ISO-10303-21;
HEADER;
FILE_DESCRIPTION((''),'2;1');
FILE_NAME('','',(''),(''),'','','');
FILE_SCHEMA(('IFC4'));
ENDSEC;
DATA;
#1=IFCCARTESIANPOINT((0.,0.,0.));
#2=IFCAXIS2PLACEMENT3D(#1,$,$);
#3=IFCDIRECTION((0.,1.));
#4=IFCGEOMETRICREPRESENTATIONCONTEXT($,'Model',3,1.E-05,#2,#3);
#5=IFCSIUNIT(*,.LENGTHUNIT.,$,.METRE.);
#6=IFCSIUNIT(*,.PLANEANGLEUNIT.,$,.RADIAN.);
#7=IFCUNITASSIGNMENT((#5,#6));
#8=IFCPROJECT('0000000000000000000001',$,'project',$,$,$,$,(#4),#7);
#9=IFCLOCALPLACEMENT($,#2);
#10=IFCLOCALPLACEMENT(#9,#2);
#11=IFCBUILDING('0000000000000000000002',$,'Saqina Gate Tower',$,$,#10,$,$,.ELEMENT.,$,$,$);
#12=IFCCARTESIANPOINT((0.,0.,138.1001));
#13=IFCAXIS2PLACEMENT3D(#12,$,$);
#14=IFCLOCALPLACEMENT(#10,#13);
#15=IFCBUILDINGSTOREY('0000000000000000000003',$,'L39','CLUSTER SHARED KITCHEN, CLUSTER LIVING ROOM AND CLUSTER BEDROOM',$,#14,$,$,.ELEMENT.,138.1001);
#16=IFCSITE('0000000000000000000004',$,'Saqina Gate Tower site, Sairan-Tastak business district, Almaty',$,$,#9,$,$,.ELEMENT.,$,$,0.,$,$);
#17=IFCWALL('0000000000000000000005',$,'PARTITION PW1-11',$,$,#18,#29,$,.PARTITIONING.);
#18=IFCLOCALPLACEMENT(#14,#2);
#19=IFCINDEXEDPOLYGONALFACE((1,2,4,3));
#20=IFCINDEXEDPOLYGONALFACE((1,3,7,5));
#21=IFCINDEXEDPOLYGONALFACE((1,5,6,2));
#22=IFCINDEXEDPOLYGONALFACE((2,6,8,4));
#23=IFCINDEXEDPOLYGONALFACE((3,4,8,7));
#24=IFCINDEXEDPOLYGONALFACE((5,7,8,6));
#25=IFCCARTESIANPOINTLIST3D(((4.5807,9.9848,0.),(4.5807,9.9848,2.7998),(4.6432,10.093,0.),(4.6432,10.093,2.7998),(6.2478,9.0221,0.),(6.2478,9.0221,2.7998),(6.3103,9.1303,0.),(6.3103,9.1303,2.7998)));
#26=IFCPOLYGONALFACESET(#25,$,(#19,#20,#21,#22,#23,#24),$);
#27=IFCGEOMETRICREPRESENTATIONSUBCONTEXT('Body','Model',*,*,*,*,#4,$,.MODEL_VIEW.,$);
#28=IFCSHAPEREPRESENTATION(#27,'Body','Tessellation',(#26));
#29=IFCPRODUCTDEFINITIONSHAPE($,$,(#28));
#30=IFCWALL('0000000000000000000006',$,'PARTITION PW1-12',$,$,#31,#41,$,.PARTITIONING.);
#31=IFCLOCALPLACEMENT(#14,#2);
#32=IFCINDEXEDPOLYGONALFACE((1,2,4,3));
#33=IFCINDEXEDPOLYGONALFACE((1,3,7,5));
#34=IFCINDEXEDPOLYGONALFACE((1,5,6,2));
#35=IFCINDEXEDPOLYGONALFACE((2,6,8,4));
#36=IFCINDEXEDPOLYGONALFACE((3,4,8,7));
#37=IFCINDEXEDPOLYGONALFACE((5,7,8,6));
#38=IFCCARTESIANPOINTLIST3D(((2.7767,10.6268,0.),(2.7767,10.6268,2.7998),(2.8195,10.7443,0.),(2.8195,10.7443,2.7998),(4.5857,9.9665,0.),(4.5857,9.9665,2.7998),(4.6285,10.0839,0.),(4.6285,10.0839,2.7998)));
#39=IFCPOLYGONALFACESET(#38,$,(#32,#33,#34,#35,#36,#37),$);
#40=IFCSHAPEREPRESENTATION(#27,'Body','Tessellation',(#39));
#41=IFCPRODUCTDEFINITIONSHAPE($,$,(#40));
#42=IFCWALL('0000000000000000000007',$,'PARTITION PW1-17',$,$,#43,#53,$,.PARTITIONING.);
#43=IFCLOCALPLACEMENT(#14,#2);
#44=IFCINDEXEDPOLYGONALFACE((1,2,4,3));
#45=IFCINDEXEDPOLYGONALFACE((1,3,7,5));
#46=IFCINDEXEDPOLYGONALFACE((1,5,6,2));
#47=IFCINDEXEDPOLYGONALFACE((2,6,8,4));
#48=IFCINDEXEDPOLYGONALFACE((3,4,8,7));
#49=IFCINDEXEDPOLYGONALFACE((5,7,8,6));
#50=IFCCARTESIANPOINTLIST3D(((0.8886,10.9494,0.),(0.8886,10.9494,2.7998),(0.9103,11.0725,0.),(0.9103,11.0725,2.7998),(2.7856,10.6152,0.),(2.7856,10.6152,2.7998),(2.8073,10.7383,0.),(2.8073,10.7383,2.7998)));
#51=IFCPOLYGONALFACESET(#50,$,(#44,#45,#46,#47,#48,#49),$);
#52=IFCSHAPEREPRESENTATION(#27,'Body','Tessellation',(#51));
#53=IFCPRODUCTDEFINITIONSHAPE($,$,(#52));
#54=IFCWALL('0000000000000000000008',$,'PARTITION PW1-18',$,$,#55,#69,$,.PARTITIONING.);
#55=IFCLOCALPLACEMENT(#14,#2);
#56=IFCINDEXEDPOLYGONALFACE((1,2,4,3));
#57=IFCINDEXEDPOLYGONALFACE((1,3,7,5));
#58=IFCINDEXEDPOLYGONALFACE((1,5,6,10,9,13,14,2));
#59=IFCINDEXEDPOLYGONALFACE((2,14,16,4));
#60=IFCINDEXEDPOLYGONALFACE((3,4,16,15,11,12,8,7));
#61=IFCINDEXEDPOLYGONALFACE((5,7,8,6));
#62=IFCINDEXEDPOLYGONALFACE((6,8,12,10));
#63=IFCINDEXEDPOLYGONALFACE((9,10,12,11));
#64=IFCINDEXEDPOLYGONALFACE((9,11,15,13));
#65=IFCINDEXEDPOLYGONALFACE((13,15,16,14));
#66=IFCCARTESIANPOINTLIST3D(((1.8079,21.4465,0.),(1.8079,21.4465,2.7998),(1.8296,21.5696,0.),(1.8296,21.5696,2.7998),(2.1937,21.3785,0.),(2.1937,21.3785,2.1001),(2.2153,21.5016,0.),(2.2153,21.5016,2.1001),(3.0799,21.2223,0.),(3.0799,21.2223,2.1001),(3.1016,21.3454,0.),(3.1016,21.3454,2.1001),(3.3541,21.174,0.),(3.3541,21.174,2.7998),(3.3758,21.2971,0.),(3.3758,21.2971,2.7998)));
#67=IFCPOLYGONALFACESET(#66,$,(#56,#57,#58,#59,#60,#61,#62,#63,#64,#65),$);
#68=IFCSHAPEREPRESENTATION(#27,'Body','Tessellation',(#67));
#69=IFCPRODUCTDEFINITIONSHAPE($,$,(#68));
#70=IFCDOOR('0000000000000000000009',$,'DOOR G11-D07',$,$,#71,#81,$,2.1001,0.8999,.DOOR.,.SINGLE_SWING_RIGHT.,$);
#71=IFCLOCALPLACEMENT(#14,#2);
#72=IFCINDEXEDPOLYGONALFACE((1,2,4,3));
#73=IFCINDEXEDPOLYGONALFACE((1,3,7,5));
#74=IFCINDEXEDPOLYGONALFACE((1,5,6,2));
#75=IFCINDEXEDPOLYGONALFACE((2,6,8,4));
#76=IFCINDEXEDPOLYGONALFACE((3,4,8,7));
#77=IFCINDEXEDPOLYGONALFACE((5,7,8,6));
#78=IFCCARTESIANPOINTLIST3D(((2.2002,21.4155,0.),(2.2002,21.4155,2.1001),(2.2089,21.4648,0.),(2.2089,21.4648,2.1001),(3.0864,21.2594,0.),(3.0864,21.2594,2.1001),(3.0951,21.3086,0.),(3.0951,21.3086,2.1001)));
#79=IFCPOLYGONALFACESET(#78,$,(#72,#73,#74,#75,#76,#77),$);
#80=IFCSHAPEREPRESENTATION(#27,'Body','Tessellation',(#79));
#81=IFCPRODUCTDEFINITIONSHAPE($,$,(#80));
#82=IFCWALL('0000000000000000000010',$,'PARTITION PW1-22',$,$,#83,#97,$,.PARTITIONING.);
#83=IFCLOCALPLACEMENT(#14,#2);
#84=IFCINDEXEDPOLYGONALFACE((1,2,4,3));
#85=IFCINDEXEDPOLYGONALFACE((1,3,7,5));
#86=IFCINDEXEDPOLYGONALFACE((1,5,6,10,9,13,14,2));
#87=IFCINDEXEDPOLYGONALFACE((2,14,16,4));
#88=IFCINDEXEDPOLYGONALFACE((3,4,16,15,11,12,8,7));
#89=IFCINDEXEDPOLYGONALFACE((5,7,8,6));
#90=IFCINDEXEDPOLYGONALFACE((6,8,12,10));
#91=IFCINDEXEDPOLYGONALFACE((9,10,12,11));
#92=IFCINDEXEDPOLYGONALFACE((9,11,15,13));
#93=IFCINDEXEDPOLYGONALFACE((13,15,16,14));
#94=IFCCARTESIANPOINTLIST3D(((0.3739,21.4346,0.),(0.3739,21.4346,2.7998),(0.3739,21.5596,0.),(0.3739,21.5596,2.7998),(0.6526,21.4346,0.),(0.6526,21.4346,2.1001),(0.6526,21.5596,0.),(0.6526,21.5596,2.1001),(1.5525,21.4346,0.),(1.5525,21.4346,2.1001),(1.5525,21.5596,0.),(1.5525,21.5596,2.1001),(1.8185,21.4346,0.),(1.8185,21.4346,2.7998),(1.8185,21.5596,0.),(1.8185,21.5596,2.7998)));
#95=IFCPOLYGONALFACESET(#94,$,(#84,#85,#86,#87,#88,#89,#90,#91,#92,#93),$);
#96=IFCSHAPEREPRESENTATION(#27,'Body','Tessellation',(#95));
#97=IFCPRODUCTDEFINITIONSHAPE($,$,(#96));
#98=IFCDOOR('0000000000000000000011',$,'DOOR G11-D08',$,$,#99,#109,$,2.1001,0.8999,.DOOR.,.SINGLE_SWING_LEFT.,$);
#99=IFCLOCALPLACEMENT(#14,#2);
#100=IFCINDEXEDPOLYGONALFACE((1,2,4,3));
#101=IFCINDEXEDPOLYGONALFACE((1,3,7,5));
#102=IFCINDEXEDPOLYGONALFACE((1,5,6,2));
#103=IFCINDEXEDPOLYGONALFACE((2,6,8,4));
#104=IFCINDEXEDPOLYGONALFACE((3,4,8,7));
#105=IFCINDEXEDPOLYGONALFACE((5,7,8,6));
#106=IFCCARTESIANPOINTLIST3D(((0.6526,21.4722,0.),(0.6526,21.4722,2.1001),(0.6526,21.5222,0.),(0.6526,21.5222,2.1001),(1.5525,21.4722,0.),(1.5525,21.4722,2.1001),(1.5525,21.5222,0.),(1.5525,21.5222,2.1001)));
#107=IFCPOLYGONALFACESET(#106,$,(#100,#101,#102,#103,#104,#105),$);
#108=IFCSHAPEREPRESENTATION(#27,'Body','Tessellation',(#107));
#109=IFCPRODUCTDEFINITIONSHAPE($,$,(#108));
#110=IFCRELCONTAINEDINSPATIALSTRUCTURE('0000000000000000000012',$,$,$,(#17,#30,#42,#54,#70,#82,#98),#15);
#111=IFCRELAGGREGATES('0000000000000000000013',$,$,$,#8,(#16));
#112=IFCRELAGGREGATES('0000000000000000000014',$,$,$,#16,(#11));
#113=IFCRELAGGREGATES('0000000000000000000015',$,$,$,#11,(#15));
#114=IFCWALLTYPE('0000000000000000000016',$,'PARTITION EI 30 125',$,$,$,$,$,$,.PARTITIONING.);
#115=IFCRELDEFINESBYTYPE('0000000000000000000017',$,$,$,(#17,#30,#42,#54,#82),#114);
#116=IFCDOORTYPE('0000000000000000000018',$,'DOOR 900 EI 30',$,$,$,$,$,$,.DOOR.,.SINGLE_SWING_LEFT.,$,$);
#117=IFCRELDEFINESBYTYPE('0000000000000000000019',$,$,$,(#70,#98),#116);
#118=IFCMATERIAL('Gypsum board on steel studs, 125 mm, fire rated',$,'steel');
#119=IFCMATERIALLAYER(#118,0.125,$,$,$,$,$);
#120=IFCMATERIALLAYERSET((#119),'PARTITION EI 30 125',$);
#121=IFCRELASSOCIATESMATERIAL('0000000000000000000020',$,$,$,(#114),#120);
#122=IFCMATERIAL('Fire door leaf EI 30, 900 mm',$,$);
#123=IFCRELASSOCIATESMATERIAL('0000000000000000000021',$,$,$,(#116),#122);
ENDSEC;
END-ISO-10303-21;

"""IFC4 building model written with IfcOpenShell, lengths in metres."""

from ifc_helpers import new_model, si_unit, direction, frame, frame_2d, origin, place, context, subcontext, project, spatial, rectangle, extrude, material, layer, layer_set, type_object, element, fill, save


model = new_model("IFC4")

# Units and contexts
model_context = context("Model", 3, precision=1e-05, world=origin(), true_north=direction((0.0, 1.0)))
body_context = subcontext(model_context, "Body", "Model", "MODEL_VIEW")
ifc_project = project(units=[si_unit("LENGTHUNIT", "METRE"), si_unit("PLANEANGLEUNIT", "RADIAN")], contexts=[model_context])

# Site, building, storey
site_placement = place(None, origin())
site = spatial("IfcSite", under=ifc_project, at=site_placement, Name="Saqina Gate Tower site, Sairan-Tastak business district, Almaty", CompositionType="ELEMENT", RefElevation=0.0)
building_placement = place(site_placement, origin())
building = spatial("IfcBuilding", under=site, at=building_placement, Name="Saqina Gate Tower", CompositionType="ELEMENT")
storey_placement = place(building_placement, frame((0.0, 0.0, 138.1001)))
storey = spatial("IfcBuildingStorey", under=building, at=storey_placement, Name="L39", Description="CLUSTER SHARED KITCHEN, CLUSTER LIVING ROOM AND CLUSTER BEDROOM", CompositionType="ELEMENT", Elevation=138.1001)

# Walls
ifc_material_1 = material(Name="Gypsum board on steel studs, 125 mm, fire rated", Category="steel")
ifc_layer_1 = layer(ifc_material_1, 0.125)
ifc_layer_set_1 = layer_set([ifc_layer_1], Name="PARTITION EI 30 125")
wall_type_1 = type_object("IfcWallType", Name="PARTITION EI 30 125", PredefinedType="PARTITIONING", material=ifc_layer_set_1)
wall_1_placement = place(storey_placement, frame((4.6121, 10.0388, 0.0), z_axis=(0.0, 0.0, 1.0), x_axis=(0.865979, -0.500081, 0.0)))
element("IfcWall", 1, at=wall_1_placement, inside=storey, type_object=wall_type_1, Name="PARTITION PW1-11", PredefinedType="PARTITIONING", context=body_context, shape_type="SweptSolid", body=[
    extrude(rectangle(XDim=1.925, YDim=0.125, at=frame_2d((0.9624, 0.0))), origin(), (0.0, 0.0, 1.0), 2.7998),
])
wall_2_placement = place(storey_placement, frame((2.7981, 10.6855, 0.0), z_axis=(0.0, 0.0, 1.0), x_axis=(0.939367, -0.342913, 0.0)))
element("IfcWall", 2, at=wall_2_placement, inside=storey, type_object=wall_type_1, Name="PARTITION PW1-12", PredefinedType="PARTITIONING", context=body_context, shape_type="SweptSolid", body=[
    extrude(rectangle(XDim=1.9258, YDim=0.125, at=frame_2d((0.9629, 0.0))), origin(), (0.0, 0.0, 1.0), 2.7998),
])
wall_3_placement = place(storey_placement, frame((0.8994, 11.011, 0.0), z_axis=(0.0, 0.0, 1.0), x_axis=(0.984831, -0.173518, 0.0)))
element("IfcWall", 3, at=wall_3_placement, inside=storey, type_object=wall_type_1, Name="PARTITION PW1-17", PredefinedType="PARTITIONING", context=body_context, shape_type="SweptSolid", body=[
    extrude(rectangle(XDim=1.9263, YDim=0.125, at=frame_2d((0.9631, 0.0))), origin(), (0.0, 0.0, 1.0), 2.7998),
])

# Walls, openings, doors
wall_4_placement = place(storey_placement, frame((1.8186, 21.5081, 0.0), z_axis=(0.0, 0.0, 1.0), x_axis=(0.984826, -0.173546, 0.0)))
wall_4 = element("IfcWall", 4, at=wall_4_placement, inside=storey, type_object=wall_type_1, Name="PARTITION PW1-18", PredefinedType="PARTITIONING", context=body_context, shape_type="SweptSolid", body=[
    extrude(rectangle(XDim=1.5701, YDim=0.125, at=frame_2d((0.7852, 0.0))), origin(), (0.0, 0.0, 1.0), 2.7998),
])
opening_1_placement = place(wall_4_placement, frame((0.3918, 0.0, 0.0)))
opening_1 = element("IfcOpeningElement", 5, at=opening_1_placement, cuts=wall_4, PredefinedType="OPENING", context=body_context, shape_type="SweptSolid", body=[
    extrude(rectangle(XDim=0.8999, YDim=2.1001, at=frame_2d((0.45, 1.05))), frame((0.0, 0.0745, 0.0), z_axis=(0.0, -1.0, 0.0), x_axis=(1.0, 0.0, 0.0)), (0.0, 0.0, 1.0), 0.1489),
])
ifc_material_2 = material(Name="Fire door leaf EI 30, 900 mm")
door_type_1 = type_object("IfcDoorType", Name="DOOR 900 EI 30", OperationType="SINGLE_SWING_LEFT", PredefinedType="DOOR", material=ifc_material_2)
door_1_placement = place(opening_1_placement, frame((0.8999, 0.0, 0.0), z_axis=(0.0, 0.0, 1.0), x_axis=(-1.0, 0.0, 0.0)))
door_1 = element("IfcDoor", 6, at=door_1_placement, inside=storey, type_object=door_type_1, Name="DOOR G11-D07", OperationType="SINGLE_SWING_RIGHT", OverallHeight=2.1001, OverallWidth=0.8999, PredefinedType="DOOR", context=body_context, shape_type="SweptSolid", body=[
    extrude(rectangle(XDim=0.8999, YDim=2.1001, at=frame_2d((0.45, 1.05))), frame((0.0, 0.0249, 0.0), z_axis=(0.0, -1.0, 0.0), x_axis=(1.0, 0.0, 0.0)), (0.0, 0.0, 1.0), 0.05),
])
fill(opening_1, door_1)
wall_5_placement = place(storey_placement, frame((0.374, 21.4971, 0.0), z_axis=(0.0, 0.0, 1.0), x_axis=(1.0, 0.0, 0.0)))
wall_5 = element("IfcWall", 7, at=wall_5_placement, inside=storey, type_object=wall_type_1, Name="PARTITION PW1-22", PredefinedType="PARTITIONING", context=body_context, shape_type="SweptSolid", body=[
    extrude(rectangle(XDim=1.4446, YDim=0.125, at=frame_2d((0.7222, 0.0))), origin(), (0.0, 0.0, 1.0), 2.7998),
])
opening_2_placement = place(wall_5_placement, frame((0.2786, 0.0, 0.0)))
opening_2 = element("IfcOpeningElement", 8, at=opening_2_placement, cuts=wall_5, PredefinedType="OPENING", context=body_context, shape_type="SweptSolid", body=[
    extrude(rectangle(XDim=0.8999, YDim=2.1001, at=frame_2d((0.45, 1.05))), frame((0.0, 0.0745, 0.0), z_axis=(0.0, -1.0, 0.0), x_axis=(1.0, 0.0, 0.0)), (0.0, 0.0, 1.0), 0.1489),
])
door_2_placement = place(opening_2_placement, frame((0.8999, 0.0, 0.0), z_axis=(0.0, 0.0, 1.0), x_axis=(-1.0, 0.0, 0.0)))
door_2 = element("IfcDoor", 9, at=door_2_placement, inside=storey, type_object=door_type_1, Name="DOOR G11-D08", OperationType="SINGLE_SWING_LEFT", OverallHeight=2.1001, OverallWidth=0.8999, PredefinedType="DOOR", context=body_context, shape_type="SweptSolid", body=[
    extrude(rectangle(XDim=0.8999, YDim=2.1001, at=frame_2d((0.45, 1.05))), frame((0.0, 0.0249, 0.0), z_axis=(0.0, -1.0, 0.0), x_axis=(1.0, 0.0, 0.0)), (0.0, 0.0, 1.0), 0.05),
])
fill(opening_2, door_2)

save(model, "model.ifc")
